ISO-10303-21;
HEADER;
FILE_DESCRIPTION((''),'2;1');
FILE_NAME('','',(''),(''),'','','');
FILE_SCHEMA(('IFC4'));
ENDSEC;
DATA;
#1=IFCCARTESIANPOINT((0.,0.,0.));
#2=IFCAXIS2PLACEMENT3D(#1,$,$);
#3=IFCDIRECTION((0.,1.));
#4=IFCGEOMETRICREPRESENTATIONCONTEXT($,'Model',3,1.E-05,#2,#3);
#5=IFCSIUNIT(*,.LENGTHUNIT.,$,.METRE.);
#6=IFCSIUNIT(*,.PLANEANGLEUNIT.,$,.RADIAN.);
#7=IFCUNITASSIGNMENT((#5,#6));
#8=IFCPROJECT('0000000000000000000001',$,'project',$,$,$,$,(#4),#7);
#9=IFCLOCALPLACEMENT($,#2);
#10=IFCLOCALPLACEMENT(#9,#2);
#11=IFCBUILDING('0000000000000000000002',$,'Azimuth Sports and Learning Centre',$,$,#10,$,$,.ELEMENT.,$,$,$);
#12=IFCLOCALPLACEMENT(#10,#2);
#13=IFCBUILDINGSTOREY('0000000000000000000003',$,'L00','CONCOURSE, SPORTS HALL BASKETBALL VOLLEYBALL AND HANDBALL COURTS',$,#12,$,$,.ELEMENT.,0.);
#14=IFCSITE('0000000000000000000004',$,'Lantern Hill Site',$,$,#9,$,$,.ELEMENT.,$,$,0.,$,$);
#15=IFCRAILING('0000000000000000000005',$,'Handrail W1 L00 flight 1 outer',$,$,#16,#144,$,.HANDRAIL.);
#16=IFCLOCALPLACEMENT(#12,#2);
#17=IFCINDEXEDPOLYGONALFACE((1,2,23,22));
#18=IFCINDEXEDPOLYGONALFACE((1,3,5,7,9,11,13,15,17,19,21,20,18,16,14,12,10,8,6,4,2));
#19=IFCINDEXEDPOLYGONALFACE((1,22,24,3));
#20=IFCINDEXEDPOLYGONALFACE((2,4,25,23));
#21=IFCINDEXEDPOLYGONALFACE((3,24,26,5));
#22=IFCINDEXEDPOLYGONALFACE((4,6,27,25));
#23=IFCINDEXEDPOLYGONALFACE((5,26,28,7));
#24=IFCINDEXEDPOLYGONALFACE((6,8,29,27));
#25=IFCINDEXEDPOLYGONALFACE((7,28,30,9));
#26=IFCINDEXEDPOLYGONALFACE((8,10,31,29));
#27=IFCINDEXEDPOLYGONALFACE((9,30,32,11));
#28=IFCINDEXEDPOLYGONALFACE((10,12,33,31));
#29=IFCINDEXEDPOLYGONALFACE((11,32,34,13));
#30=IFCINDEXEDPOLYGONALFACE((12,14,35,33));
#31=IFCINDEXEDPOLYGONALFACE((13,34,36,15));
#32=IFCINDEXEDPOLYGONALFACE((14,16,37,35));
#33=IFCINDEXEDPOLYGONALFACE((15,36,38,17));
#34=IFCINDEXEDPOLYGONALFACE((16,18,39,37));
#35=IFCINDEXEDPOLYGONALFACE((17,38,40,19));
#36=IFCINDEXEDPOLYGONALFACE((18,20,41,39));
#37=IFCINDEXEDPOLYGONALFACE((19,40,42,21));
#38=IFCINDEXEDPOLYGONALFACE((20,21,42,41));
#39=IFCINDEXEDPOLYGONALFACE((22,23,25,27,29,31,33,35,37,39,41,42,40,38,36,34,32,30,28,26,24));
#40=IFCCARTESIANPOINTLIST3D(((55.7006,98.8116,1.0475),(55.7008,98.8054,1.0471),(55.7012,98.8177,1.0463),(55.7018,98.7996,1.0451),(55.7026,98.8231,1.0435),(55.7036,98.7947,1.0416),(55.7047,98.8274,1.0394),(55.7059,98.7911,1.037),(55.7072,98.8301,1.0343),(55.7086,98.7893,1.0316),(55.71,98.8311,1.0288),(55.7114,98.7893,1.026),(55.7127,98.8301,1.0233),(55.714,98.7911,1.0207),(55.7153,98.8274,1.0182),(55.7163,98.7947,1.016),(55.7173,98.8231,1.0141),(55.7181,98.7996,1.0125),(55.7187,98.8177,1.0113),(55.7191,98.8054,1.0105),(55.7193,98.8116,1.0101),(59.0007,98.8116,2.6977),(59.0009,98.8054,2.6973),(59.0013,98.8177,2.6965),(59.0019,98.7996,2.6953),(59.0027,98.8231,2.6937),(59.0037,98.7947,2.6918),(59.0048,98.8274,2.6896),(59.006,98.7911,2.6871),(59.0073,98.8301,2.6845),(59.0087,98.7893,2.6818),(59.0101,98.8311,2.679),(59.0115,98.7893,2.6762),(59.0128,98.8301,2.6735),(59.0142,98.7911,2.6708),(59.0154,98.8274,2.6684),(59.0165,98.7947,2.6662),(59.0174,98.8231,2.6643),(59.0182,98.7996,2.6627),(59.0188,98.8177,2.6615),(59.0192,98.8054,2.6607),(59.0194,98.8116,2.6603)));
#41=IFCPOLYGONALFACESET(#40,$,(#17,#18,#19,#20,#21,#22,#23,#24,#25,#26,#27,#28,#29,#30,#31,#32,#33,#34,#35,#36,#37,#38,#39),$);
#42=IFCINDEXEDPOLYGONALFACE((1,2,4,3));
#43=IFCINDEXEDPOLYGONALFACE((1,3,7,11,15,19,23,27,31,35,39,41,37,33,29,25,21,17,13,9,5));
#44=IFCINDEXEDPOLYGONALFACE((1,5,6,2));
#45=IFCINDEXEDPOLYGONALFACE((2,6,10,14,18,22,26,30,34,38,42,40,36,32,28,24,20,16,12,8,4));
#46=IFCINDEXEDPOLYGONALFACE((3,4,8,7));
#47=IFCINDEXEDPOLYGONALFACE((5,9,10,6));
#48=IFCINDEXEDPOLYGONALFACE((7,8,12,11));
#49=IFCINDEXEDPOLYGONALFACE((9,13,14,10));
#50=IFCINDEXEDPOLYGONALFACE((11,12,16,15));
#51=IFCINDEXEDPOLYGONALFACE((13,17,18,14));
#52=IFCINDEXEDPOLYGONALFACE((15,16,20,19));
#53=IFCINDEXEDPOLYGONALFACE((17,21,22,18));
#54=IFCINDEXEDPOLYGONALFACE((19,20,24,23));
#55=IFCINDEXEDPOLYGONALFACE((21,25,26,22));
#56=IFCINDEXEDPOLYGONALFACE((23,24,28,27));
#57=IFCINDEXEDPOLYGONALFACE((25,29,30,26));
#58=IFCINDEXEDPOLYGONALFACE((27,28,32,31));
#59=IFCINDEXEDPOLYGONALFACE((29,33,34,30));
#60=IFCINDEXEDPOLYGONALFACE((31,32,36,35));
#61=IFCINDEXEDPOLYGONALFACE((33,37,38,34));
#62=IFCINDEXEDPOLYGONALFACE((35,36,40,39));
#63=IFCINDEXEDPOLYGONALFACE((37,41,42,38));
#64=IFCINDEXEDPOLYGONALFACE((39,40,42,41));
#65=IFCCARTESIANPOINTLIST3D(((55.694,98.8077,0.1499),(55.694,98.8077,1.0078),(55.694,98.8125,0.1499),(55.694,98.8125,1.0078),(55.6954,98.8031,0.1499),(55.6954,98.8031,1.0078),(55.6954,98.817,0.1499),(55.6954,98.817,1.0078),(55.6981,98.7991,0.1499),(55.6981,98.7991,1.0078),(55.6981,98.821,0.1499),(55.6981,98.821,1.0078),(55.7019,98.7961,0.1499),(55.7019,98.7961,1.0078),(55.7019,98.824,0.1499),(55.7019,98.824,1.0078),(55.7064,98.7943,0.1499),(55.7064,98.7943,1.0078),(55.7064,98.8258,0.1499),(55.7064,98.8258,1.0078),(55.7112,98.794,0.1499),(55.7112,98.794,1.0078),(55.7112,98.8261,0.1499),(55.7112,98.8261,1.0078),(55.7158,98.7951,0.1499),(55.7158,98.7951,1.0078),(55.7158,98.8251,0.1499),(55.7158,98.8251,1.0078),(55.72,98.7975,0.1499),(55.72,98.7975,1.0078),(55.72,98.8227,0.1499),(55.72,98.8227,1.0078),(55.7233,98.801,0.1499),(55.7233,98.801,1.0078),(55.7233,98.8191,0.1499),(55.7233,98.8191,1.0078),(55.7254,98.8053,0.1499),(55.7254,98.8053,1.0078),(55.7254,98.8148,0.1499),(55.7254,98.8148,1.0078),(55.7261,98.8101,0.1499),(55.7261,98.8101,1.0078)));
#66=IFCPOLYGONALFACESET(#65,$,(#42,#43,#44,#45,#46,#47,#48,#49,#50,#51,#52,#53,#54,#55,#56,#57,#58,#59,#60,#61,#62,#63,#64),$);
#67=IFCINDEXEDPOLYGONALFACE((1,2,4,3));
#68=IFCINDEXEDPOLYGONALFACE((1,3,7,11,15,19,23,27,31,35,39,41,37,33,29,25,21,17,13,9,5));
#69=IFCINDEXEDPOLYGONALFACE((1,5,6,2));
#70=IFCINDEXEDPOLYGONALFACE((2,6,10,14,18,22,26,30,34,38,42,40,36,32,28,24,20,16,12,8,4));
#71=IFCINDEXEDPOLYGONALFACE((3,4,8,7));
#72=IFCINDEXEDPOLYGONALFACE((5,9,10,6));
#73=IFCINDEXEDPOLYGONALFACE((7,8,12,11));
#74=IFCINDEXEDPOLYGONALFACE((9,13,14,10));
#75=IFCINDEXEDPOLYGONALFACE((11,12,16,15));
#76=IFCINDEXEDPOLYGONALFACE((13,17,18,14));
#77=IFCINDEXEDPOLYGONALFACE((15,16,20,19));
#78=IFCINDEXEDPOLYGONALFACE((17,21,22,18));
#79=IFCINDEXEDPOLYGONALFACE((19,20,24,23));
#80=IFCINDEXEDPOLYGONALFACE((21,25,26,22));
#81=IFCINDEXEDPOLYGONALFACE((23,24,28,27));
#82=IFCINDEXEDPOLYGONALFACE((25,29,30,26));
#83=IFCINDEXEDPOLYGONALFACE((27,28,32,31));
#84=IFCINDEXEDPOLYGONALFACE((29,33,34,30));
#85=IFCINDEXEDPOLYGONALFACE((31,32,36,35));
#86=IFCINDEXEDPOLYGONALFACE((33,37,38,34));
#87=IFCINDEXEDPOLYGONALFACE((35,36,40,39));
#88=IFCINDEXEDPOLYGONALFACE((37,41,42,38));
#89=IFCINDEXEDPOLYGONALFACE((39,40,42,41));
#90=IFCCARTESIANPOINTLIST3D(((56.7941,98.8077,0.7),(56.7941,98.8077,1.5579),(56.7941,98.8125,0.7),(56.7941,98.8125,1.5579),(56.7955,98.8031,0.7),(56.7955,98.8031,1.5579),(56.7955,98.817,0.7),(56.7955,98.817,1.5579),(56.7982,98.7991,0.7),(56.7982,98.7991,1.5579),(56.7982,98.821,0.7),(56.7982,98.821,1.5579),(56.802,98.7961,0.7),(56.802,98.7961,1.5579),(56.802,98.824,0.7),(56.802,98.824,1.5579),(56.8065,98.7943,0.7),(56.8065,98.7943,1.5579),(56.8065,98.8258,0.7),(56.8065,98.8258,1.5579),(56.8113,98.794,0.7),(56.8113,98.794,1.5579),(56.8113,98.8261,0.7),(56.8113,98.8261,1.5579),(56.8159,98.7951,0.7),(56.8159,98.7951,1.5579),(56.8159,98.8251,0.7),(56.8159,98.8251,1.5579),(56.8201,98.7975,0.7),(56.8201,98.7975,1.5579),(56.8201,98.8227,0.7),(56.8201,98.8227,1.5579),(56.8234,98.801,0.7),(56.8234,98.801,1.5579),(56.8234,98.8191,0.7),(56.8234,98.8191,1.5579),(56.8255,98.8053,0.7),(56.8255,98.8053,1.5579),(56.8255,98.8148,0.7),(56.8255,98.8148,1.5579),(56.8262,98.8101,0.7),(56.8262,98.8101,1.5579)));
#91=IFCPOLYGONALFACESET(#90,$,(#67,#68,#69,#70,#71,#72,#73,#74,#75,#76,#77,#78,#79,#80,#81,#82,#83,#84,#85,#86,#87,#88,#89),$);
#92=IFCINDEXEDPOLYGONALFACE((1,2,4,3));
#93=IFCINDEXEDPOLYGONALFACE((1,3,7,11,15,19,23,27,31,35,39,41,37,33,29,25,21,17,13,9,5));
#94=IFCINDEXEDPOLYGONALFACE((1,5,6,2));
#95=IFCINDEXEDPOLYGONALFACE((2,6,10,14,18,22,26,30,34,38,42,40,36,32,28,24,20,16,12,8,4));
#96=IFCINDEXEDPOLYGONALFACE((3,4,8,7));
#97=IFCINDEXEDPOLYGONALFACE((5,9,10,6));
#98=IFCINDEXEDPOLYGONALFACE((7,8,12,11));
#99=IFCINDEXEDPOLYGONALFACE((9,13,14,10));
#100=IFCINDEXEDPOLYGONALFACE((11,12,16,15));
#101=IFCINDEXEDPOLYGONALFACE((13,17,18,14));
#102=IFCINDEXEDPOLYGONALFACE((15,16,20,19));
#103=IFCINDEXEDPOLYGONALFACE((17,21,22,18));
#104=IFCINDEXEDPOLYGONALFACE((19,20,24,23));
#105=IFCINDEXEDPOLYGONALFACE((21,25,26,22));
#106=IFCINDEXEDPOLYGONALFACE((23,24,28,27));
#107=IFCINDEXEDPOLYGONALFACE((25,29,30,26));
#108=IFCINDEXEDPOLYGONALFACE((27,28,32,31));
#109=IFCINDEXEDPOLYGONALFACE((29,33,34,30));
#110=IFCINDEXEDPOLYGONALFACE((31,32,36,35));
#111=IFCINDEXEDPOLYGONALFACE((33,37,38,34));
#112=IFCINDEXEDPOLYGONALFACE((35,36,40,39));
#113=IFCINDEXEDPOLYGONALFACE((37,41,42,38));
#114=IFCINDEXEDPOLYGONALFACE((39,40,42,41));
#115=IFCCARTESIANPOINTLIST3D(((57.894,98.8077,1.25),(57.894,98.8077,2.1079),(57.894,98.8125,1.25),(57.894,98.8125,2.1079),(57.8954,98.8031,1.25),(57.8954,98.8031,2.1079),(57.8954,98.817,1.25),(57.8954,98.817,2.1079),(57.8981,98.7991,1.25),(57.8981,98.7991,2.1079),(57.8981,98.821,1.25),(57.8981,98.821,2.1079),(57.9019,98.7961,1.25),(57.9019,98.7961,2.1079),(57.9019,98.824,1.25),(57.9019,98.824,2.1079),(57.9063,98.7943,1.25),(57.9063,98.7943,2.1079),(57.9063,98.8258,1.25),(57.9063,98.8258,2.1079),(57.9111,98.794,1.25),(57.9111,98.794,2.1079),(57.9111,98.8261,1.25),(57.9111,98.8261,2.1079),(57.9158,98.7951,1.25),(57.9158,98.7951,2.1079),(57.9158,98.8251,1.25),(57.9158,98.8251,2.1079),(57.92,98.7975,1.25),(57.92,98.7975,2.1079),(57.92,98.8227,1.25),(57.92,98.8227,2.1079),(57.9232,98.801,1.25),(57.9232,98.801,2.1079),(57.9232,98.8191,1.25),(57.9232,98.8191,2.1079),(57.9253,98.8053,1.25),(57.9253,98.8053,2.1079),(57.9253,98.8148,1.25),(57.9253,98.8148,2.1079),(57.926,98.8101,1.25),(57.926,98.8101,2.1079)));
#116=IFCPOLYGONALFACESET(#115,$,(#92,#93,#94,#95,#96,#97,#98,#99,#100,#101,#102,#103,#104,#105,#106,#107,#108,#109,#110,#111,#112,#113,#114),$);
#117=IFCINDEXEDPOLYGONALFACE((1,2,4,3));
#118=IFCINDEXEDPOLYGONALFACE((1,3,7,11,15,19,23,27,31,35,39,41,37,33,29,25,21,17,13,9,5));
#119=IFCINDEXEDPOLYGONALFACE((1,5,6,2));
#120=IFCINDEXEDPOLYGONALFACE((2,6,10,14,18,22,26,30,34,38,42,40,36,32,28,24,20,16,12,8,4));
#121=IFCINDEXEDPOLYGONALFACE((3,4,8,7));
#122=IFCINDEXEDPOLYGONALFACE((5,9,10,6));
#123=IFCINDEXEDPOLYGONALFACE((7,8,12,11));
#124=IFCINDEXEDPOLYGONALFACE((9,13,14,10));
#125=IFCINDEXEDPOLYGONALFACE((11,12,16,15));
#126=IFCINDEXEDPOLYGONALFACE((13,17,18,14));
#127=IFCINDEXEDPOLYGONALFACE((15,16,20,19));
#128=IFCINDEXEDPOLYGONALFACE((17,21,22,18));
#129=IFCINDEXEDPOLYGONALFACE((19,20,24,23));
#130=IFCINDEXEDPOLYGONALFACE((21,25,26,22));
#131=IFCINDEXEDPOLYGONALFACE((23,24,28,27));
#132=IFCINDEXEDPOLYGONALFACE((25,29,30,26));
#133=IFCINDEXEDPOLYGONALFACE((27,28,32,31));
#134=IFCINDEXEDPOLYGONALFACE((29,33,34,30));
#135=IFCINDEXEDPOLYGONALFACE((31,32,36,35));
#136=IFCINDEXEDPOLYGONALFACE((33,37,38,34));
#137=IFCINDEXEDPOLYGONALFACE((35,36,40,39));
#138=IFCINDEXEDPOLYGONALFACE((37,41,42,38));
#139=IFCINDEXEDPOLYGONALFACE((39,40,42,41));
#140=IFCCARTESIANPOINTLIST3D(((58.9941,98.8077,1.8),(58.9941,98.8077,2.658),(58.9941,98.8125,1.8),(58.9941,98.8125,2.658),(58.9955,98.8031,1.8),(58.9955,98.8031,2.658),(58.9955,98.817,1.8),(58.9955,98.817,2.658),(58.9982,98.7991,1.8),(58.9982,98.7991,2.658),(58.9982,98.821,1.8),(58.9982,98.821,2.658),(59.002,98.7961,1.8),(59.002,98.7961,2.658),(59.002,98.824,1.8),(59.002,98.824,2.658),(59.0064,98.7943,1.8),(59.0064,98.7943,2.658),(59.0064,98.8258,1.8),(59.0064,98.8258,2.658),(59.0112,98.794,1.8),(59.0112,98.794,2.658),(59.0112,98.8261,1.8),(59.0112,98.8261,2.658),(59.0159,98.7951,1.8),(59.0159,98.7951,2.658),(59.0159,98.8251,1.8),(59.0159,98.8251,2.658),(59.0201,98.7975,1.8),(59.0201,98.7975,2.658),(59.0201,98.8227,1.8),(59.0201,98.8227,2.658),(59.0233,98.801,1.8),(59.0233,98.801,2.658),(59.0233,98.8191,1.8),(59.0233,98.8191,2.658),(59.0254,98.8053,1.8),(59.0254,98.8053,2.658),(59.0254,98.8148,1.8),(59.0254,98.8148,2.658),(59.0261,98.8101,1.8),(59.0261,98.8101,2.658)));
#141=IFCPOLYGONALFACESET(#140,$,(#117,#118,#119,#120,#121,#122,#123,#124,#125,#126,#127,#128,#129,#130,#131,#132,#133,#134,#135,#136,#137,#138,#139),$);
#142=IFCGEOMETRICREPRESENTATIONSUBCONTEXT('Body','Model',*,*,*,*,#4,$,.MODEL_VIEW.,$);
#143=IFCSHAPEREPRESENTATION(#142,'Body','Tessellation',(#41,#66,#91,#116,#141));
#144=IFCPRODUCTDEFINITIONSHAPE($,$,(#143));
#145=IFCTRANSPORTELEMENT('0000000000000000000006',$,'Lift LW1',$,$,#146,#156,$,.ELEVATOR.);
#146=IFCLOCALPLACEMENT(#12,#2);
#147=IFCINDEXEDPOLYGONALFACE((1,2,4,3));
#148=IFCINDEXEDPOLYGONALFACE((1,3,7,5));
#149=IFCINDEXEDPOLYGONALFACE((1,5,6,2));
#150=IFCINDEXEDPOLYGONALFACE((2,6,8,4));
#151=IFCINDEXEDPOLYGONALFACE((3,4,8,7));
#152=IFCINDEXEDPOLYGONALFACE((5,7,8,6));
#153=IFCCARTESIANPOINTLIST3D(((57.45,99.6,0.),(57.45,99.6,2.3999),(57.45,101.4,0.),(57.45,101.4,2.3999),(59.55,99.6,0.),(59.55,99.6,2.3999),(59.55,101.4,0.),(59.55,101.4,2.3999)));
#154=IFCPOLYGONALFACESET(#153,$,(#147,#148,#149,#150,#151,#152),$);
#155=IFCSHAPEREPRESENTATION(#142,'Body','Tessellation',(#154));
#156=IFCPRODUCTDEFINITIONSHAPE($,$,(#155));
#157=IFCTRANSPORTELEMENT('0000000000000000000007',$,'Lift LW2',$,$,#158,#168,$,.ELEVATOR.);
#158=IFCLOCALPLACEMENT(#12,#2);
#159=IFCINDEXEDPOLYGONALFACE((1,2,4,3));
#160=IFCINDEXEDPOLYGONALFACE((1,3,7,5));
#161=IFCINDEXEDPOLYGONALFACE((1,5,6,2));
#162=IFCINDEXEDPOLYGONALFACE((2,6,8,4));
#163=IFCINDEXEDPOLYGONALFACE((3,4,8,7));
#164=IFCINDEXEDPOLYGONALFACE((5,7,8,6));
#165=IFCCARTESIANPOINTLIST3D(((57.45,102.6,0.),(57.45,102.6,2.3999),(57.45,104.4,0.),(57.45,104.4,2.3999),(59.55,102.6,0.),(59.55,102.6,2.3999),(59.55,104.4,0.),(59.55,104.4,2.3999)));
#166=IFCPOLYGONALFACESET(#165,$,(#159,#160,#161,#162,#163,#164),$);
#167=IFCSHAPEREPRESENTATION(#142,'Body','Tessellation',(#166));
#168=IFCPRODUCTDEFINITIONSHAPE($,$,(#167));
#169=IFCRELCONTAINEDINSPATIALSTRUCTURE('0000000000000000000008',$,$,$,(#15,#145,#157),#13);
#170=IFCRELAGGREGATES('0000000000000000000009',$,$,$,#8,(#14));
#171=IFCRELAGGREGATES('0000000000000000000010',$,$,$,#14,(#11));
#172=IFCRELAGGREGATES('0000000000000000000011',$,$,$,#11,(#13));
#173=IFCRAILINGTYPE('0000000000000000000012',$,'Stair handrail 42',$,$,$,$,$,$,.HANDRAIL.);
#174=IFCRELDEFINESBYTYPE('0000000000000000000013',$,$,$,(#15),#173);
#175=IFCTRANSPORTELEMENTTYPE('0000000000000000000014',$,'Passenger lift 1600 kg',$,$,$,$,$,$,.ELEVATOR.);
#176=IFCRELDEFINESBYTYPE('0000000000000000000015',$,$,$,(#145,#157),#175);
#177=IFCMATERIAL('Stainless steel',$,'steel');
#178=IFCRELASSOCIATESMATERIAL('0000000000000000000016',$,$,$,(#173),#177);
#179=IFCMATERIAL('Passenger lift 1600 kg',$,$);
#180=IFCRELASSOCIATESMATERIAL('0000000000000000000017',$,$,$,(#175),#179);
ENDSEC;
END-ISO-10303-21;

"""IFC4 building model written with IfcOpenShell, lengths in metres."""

from ifc_helpers import new_model, si_unit, direction, frame, origin, origin_2d, place, context, subcontext, project, spatial, rectangle, circle, extrude, material, type_object, element, save


model = new_model("IFC4")

# Units and contexts
model_context = context("Model", 3, precision=1e-05, world=origin(), true_north=direction((0.0, 1.0)))
body_context = subcontext(model_context, "Body", "Model", "MODEL_VIEW")
ifc_project = project(units=[si_unit("LENGTHUNIT", "METRE"), si_unit("PLANEANGLEUNIT", "RADIAN")], contexts=[model_context])

# Site, building, storey
site_placement = place(None, origin())
site = spatial("IfcSite", under=ifc_project, at=site_placement, Name="Lantern Hill Site", CompositionType="ELEMENT", RefElevation=0.0)
building_placement = place(site_placement, origin())
building = spatial("IfcBuilding", under=site, at=building_placement, Name="Azimuth Sports and Learning Centre", CompositionType="ELEMENT")
storey_placement = place(building_placement, origin())
storey = spatial("IfcBuildingStorey", under=building, at=storey_placement, Name="L00", Description="CONCOURSE, SPORTS HALL BASKETBALL VOLLEYBALL AND HANDBALL COURTS", CompositionType="ELEMENT", Elevation=0.0)

# Railing
ifc_material_1 = material(Name="Stainless steel", Category="steel")
railing_type_1 = type_object("IfcRailingType", Name="Stair handrail 42", PredefinedType="HANDRAIL", material=ifc_material_1)
for number, where, name in (
    (1, (55.71, 98.8101, 0.1499), "Handrail W1 L00 flight 1 outer"),
):
    element("IfcRailing", number, at=place(storey_placement, frame(where)), inside=storey, type_object=railing_type_1, Name=name, PredefinedType="HANDRAIL", context=body_context, shape_type="SweptSolid", body=[
        extrude(circle(Radius=0.021, at=origin_2d()), frame((0.0, 0.0, 0.8789), z_axis=(0.894414, 0.0, 0.44724), x_axis=(0.0, 1.0, 0.0)), (0.0, 0.0, 1.0), 3.6897),
        extrude(circle(Radius=0.0161, at=origin_2d()), origin(), (0.0, 0.0, 1.0), 0.8579),
        extrude(circle(Radius=0.0161, at=origin_2d()), frame((1.1001, 0.0, 0.55)), (0.0, 0.0, 1.0), 0.8579),
        extrude(circle(Radius=0.0161, at=origin_2d()), frame((2.2, 0.0, 1.1001)), (0.0, 0.0, 1.0), 0.8579),
        extrude(circle(Radius=0.0161, at=origin_2d()), frame((3.3, 0.0, 1.6501)), (0.0, 0.0, 1.0), 0.8579),
    ])

# Transport elements
ifc_material_2 = material(Name="Passenger lift 1600 kg")
transport_element_type = type_object("IfcTransportElementType", Name="Passenger lift 1600 kg", PredefinedType="ELEVATOR", material=ifc_material_2)
for number, where, z_axis, x_axis, name in (
    (2, (58.5, 100.5, 0.0), (0.0, 0.0, 1.0), (1.0, 0.0, 0.0), "Lift LW1"),
    (3, (58.5, 103.5, 0.0), (0.0, 0.0, 1.0), (1.0, 0.0, 0.0), "Lift LW2"),
):
    element("IfcTransportElement", number, at=place(storey_placement, frame(where, z_axis=z_axis, x_axis=x_axis)), inside=storey, type_object=transport_element_type, Name=name, PredefinedType="ELEVATOR", context=body_context, shape_type="SweptSolid", body=[
        extrude(rectangle(XDim=2.1001, YDim=1.8, at=origin_2d()), origin(), (0.0, 0.0, 1.0), 2.3999),
    ])

save(model, "model.ifc")
